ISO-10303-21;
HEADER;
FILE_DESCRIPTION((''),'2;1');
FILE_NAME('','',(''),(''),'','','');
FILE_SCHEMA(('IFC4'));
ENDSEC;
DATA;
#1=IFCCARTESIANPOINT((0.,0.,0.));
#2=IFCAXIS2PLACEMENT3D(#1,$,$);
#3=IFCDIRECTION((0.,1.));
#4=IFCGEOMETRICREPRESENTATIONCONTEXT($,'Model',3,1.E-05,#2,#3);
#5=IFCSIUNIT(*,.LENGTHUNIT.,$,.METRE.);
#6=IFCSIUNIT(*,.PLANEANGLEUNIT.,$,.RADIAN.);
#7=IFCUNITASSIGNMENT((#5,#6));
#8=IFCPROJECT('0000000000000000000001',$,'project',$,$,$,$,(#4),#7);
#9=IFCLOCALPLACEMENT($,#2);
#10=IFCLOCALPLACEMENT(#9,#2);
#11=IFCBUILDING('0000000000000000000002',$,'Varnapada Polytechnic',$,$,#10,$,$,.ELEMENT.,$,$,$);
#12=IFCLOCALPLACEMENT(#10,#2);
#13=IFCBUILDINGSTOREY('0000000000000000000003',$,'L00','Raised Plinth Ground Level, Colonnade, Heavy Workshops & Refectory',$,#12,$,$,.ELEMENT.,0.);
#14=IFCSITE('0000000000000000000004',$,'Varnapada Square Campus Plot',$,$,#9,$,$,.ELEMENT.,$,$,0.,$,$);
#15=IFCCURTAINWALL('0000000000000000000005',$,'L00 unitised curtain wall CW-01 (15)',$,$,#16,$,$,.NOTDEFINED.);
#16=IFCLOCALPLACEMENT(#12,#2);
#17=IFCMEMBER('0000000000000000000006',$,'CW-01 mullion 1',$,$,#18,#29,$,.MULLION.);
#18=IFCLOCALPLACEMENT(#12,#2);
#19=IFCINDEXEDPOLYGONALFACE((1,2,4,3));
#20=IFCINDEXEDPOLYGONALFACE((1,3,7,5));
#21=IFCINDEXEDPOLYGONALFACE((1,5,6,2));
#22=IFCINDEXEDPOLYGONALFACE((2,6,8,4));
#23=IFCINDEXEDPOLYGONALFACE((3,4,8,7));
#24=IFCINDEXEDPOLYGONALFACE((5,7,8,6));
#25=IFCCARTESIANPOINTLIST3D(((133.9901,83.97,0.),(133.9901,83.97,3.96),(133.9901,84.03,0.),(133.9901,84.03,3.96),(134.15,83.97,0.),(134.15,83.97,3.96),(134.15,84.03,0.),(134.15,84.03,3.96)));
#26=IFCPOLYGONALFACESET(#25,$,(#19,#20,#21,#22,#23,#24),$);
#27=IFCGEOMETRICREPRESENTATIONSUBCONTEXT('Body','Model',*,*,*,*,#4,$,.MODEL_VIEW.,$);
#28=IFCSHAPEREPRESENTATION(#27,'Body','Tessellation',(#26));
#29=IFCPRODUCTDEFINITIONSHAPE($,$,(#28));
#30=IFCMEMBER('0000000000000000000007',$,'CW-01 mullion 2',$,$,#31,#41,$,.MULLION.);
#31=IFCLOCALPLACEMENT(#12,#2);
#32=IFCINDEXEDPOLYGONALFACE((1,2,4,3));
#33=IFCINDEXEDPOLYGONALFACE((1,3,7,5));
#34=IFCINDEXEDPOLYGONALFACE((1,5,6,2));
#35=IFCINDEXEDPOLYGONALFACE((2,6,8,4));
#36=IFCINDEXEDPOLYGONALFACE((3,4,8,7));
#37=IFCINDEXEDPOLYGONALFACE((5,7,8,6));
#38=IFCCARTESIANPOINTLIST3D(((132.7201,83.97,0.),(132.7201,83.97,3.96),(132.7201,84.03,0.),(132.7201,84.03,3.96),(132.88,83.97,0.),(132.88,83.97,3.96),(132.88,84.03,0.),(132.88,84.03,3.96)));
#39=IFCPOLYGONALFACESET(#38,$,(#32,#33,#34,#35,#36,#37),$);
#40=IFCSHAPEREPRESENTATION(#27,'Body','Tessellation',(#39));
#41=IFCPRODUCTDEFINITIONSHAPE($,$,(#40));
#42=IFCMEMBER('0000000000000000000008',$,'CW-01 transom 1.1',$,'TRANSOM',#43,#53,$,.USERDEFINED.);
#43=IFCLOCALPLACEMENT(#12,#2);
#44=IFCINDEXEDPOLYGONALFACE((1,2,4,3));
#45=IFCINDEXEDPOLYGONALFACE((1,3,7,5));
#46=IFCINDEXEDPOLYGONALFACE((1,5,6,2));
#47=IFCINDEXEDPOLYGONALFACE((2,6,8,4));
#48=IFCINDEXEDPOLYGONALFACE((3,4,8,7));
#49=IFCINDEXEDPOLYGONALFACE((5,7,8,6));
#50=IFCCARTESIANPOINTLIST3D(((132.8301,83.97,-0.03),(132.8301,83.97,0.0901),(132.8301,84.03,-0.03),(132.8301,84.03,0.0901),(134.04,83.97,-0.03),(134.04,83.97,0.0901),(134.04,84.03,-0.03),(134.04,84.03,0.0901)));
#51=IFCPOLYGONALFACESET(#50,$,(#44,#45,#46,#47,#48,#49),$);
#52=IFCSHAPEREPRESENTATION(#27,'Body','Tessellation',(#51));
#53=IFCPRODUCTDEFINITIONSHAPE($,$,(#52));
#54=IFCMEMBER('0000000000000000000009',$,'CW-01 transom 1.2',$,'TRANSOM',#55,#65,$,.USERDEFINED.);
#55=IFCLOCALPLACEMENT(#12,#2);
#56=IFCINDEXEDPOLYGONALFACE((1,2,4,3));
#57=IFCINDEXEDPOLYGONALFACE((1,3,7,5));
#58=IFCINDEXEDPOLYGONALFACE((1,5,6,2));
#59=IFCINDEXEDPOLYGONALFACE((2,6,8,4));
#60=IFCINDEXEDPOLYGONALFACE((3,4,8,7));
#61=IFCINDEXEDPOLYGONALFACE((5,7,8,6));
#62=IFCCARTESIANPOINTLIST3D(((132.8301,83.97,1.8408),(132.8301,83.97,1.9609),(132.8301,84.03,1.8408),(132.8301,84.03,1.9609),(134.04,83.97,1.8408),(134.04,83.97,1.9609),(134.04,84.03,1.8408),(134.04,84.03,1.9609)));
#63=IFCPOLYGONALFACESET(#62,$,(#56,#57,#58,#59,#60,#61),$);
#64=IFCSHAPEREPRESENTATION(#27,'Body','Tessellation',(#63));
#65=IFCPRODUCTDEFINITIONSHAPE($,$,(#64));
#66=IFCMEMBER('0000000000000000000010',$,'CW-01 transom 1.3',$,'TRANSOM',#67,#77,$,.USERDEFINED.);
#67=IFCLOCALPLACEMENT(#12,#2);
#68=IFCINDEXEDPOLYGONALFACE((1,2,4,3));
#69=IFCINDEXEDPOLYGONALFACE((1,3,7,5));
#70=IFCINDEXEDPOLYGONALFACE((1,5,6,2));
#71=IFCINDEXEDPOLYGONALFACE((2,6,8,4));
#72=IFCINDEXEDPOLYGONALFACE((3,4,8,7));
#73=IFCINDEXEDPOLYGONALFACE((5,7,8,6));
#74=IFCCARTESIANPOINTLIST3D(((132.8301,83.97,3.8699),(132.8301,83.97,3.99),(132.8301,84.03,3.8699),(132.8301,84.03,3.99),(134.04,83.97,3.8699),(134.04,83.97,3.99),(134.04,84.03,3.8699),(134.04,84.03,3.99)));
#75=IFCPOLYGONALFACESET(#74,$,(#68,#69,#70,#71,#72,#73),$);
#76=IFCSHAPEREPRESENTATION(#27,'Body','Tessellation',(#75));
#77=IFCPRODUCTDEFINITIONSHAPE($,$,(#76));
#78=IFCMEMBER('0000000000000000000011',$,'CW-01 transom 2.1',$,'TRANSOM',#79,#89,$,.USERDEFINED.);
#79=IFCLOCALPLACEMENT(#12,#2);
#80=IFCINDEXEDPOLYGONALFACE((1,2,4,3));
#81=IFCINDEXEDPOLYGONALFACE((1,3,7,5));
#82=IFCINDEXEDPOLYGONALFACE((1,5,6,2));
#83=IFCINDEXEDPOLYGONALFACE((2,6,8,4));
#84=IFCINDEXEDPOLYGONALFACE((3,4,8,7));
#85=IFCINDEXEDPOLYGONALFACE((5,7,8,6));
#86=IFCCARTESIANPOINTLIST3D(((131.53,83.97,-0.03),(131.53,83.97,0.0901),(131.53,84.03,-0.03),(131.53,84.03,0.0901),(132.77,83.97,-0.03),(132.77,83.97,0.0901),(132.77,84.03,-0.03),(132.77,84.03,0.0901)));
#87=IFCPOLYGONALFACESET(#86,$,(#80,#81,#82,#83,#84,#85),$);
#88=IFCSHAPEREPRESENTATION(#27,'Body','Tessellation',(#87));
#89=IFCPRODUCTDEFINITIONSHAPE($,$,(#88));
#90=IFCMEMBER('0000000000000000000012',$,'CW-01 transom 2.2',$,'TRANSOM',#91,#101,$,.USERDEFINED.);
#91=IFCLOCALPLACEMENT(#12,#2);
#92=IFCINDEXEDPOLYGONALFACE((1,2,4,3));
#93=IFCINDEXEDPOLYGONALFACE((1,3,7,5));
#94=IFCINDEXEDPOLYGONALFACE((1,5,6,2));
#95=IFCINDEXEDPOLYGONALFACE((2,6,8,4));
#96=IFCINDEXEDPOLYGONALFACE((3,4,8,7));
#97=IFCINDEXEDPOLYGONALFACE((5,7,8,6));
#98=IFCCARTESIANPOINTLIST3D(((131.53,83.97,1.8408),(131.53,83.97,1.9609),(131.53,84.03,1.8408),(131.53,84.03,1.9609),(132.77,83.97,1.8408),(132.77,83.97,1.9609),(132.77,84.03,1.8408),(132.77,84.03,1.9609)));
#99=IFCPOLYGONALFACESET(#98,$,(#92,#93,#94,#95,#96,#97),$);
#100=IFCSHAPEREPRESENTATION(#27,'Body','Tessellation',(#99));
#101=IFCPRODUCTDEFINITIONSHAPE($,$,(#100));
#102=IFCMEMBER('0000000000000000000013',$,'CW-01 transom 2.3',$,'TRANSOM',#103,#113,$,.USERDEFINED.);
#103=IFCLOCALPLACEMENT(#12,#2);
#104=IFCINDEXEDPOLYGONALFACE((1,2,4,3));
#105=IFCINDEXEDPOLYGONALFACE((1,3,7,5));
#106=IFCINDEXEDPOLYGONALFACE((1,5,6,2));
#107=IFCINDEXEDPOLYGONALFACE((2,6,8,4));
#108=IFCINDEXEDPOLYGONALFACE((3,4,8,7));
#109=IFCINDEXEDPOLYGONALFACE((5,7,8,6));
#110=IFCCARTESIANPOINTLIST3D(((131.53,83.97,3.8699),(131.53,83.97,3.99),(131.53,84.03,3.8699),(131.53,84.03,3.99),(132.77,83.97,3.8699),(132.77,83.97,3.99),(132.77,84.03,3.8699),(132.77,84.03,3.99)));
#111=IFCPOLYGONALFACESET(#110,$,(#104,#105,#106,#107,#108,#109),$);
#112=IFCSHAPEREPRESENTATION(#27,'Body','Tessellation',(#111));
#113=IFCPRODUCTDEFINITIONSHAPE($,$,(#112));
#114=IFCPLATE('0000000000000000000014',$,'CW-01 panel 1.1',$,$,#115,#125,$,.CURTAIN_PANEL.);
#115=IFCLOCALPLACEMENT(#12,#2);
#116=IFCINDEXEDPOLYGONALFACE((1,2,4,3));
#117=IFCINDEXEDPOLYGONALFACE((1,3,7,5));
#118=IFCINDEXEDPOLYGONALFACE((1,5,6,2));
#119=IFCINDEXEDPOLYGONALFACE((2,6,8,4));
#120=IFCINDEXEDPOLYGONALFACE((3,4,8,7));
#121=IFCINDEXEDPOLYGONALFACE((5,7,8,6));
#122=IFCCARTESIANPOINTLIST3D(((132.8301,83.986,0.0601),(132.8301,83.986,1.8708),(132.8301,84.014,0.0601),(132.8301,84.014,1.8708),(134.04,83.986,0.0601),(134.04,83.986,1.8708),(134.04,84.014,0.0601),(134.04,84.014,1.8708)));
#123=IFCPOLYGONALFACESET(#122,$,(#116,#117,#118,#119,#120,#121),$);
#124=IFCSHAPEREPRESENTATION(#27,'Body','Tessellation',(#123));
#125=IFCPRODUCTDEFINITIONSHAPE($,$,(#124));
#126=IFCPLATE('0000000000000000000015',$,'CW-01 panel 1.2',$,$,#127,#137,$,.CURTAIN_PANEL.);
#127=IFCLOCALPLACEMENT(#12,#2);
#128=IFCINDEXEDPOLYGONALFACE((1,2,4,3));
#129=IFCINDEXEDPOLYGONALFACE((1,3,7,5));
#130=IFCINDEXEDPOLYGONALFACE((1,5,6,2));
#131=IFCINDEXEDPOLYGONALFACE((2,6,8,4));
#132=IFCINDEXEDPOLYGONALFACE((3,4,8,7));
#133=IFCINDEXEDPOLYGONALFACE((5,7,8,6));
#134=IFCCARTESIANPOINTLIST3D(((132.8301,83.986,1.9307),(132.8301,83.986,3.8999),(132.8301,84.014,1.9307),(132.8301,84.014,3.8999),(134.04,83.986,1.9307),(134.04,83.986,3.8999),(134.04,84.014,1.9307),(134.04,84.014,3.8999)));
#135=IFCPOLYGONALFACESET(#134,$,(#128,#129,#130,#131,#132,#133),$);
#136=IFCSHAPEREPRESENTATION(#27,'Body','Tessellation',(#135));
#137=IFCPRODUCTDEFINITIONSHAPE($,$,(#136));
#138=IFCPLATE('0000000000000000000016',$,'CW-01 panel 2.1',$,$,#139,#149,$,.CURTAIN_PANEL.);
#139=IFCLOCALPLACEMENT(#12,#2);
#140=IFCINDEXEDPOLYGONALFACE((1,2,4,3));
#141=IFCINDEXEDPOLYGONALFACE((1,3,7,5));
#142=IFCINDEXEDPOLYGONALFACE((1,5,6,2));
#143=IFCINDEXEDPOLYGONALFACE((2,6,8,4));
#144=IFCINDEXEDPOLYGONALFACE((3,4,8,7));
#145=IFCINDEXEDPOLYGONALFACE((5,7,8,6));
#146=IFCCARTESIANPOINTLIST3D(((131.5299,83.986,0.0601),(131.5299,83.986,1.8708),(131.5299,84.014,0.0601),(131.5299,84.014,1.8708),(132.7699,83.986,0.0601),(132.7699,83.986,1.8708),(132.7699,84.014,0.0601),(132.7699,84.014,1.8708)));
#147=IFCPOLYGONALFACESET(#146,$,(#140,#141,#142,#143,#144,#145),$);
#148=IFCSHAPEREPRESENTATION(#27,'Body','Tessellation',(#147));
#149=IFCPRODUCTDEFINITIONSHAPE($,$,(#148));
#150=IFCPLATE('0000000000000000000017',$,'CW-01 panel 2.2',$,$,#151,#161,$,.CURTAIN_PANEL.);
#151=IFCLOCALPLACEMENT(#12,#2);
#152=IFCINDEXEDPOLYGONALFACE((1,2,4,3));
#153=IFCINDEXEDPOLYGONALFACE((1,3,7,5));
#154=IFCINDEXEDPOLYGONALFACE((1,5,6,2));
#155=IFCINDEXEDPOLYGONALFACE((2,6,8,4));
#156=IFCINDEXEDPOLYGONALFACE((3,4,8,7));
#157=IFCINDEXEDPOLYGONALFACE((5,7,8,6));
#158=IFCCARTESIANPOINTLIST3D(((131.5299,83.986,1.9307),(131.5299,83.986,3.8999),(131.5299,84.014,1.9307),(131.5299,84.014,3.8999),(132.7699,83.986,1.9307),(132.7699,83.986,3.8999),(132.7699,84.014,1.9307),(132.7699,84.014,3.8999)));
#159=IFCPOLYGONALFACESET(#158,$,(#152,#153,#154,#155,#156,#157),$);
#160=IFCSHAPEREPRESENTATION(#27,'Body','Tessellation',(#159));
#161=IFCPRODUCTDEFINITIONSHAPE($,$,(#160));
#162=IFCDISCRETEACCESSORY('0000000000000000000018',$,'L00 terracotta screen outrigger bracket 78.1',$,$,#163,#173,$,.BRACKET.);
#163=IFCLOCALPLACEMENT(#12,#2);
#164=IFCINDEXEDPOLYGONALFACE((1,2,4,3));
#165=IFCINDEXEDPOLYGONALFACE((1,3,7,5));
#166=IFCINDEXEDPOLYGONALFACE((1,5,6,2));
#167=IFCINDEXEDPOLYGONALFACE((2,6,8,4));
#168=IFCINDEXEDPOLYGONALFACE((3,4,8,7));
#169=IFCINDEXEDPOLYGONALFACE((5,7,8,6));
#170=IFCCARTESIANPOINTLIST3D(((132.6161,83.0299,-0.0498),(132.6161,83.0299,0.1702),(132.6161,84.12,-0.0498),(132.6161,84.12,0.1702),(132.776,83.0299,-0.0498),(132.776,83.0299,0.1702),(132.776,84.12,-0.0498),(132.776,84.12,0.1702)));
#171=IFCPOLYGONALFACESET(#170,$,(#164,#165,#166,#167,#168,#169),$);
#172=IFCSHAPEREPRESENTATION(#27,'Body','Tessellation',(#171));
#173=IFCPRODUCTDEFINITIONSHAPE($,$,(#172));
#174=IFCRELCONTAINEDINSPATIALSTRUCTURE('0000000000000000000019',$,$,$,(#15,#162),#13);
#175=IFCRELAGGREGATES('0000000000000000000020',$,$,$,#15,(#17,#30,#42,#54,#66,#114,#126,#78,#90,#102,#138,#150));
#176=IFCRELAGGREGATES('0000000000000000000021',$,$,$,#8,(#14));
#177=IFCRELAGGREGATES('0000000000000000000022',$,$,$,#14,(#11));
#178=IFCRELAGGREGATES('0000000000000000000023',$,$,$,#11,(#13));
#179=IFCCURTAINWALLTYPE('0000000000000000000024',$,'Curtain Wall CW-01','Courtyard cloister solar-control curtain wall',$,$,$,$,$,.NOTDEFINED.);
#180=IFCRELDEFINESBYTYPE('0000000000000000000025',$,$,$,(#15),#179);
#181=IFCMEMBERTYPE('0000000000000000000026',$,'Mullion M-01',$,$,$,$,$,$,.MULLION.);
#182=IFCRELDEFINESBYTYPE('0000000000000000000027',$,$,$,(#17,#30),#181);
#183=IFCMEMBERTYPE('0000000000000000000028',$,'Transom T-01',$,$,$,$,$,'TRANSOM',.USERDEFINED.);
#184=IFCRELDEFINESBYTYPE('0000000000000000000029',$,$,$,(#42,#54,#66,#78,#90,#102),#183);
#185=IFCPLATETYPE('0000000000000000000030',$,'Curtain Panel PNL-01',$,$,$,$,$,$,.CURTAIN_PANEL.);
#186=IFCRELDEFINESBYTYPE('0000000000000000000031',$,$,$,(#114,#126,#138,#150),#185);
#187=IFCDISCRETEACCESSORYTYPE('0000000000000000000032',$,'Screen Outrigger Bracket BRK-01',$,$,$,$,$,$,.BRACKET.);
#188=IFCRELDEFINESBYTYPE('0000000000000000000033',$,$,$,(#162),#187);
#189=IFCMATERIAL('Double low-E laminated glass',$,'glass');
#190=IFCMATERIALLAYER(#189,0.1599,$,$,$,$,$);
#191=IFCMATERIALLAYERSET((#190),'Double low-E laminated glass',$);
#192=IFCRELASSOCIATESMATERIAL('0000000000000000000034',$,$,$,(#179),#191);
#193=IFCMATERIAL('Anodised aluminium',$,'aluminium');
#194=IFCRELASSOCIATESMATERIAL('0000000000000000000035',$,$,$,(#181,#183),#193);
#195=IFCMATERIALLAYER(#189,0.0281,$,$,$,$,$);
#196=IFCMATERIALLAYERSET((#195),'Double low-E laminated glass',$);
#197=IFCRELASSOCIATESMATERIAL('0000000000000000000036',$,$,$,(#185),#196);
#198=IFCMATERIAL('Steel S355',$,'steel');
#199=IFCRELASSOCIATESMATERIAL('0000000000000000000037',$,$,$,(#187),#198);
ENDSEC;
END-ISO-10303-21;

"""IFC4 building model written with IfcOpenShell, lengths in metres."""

from ifc_helpers import new_model, si_unit, direction, frame, origin, origin_2d, place, context, subcontext, project, spatial, rectangle, extrude, material, layer, layer_set, material_profile, profile_set, type_object, element, aggregate, save


model = new_model("IFC4")

# Units and contexts
model_context = context("Model", 3, precision=1e-05, world=origin(), true_north=direction((0.0, 1.0)))
body_context = subcontext(model_context, "Body", "Model", "MODEL_VIEW")
ifc_project = project(units=[si_unit("LENGTHUNIT", "METRE"), si_unit("PLANEANGLEUNIT", "RADIAN")], contexts=[model_context])

# Site, building, storey
site_placement = place(None, origin())
site = spatial("IfcSite", under=ifc_project, at=site_placement, Name="Varnapada Square Campus Plot", CompositionType="ELEMENT", RefElevation=0.0)
building_placement = place(site_placement, origin())
building = spatial("IfcBuilding", under=site, at=building_placement, Name="Varnapada Polytechnic", CompositionType="ELEMENT")
storey_placement = place(building_placement, origin())
storey = spatial("IfcBuildingStorey", under=building, at=storey_placement, Name="L00", Description="Raised Plinth Ground Level, Colonnade, Heavy Workshops & Refectory", CompositionType="ELEMENT", Elevation=0.0)

# Curtain wall, members, plates
ifc_material_1 = material(Name="Double low-E laminated glass", Category="glass")
ifc_layer_1 = layer(ifc_material_1, 0.1599)
ifc_layer_set_1 = layer_set([ifc_layer_1], Name="Double low-E laminated glass")
curtain_wall_type = type_object("IfcCurtainWallType", Name="Curtain Wall CW-01", Description="Courtyard cloister solar-control curtain wall", PredefinedType="NOTDEFINED", material=ifc_layer_set_1)
curtain_wall_placement = place(storey_placement, origin())
curtain_wall = element("IfcCurtainWall", 1, at=curtain_wall_placement, inside=storey, type_object=curtain_wall_type, Name="L00 unitised curtain wall CW-01 (15)", PredefinedType="NOTDEFINED")
ifc_material_2 = material(Name="Anodised aluminium", Category="aluminium")
ifc_material_profile_1 = material_profile(ifc_material_2, rectangle(XDim=0.0601, YDim=0.1599, at=origin_2d()), Name="ALU M60x160")
ifc_profile_set_1 = profile_set([ifc_material_profile_1], Name="Anodised aluminium")
member_type_1 = type_object("IfcMemberType", Name="Mullion M-01", PredefinedType="MULLION", material=ifc_profile_set_1)
member_1_placement = place(storey_placement, frame((134.0701, 84.0, 0.0), z_axis=(0.0, 0.0, 1.0), x_axis=(0.0, -1.0, 0.0)))
member_1 = element("IfcMember", 2, at=member_1_placement, type_object=member_type_1, Name="CW-01 mullion 1", PredefinedType="MULLION", context=body_context, shape_type="SweptSolid", body=[
    extrude(rectangle(XDim=0.0601, YDim=0.1599, at=origin_2d()), origin(), (0.0, 0.0, 1.0), 3.96),
])
member_2_placement = place(storey_placement, frame((132.8, 84.0, 0.0), z_axis=(0.0, 0.0, 1.0), x_axis=(0.0, -1.0, 0.0)))
member_2 = element("IfcMember", 3, at=member_2_placement, type_object=member_type_1, Name="CW-01 mullion 2", PredefinedType="MULLION", context=body_context, shape_type="SweptSolid", body=[
    extrude(rectangle(XDim=0.0601, YDim=0.1599, at=origin_2d()), origin(), (0.0, 0.0, 1.0), 3.96),
])
ifc_material_profile_2 = material_profile(ifc_material_2, rectangle(XDim=0.0601, YDim=0.1201, at=origin_2d()), Name="ALU T60x120")
ifc_profile_set_2 = profile_set([ifc_material_profile_2], Name="Anodised aluminium")
member_type_2 = type_object("IfcMemberType", Name="Transom T-01", ElementType="TRANSOM", PredefinedType="USERDEFINED", material=ifc_profile_set_2)
member_3_placement = place(storey_placement, frame((134.04, 84.0, 0.03), z_axis=(-1.0, 0.0, 0.0), x_axis=(0.0, -1.0, 0.0)))
member_3 = element("IfcMember", 4, at=member_3_placement, type_object=member_type_2, Name="CW-01 transom 1.1", ObjectType="TRANSOM", PredefinedType="USERDEFINED", context=body_context, shape_type="SweptSolid", body=[
    extrude(rectangle(XDim=0.0601, YDim=0.1201, at=origin_2d()), origin(), (0.0, 0.0, 1.0), 1.21),
])
member_4_placement = place(storey_placement, frame((134.04, 84.0, 1.9009), z_axis=(-1.0, 0.0, 0.0), x_axis=(0.0, -1.0, 0.0)))
member_4 = element("IfcMember", 5, at=member_4_placement, type_object=member_type_2, Name="CW-01 transom 1.2", ObjectType="TRANSOM", PredefinedType="USERDEFINED", context=body_context, shape_type="SweptSolid", body=[
    extrude(rectangle(XDim=0.0601, YDim=0.1201, at=origin_2d()), origin(), (0.0, 0.0, 1.0), 1.21),
])
member_5_placement = place(storey_placement, frame((134.04, 84.0, 3.9299), z_axis=(-1.0, 0.0, 0.0), x_axis=(0.0, -1.0, 0.0)))
member_5 = element("IfcMember", 6, at=member_5_placement, type_object=member_type_2, Name="CW-01 transom 1.3", ObjectType="TRANSOM", PredefinedType="USERDEFINED", context=body_context, shape_type="SweptSolid", body=[
    extrude(rectangle(XDim=0.0601, YDim=0.1201, at=origin_2d()), origin(), (0.0, 0.0, 1.0), 1.21),
])
member_6_placement = place(storey_placement, frame((132.77, 84.0, 0.03), z_axis=(-1.0, 0.0, 0.0), x_axis=(0.0, -1.0, 0.0)))
member_6 = element("IfcMember", 7, at=member_6_placement, type_object=member_type_2, Name="CW-01 transom 2.1", ObjectType="TRANSOM", PredefinedType="USERDEFINED", context=body_context, shape_type="SweptSolid", body=[
    extrude(rectangle(XDim=0.0601, YDim=0.1201, at=origin_2d()), origin(), (0.0, 0.0, 1.0), 1.24),
])
member_7_placement = place(storey_placement, frame((132.77, 84.0, 1.9009), z_axis=(-1.0, 0.0, 0.0), x_axis=(0.0, -1.0, 0.0)))
member_7 = element("IfcMember", 8, at=member_7_placement, type_object=member_type_2, Name="CW-01 transom 2.2", ObjectType="TRANSOM", PredefinedType="USERDEFINED", context=body_context, shape_type="SweptSolid", body=[
    extrude(rectangle(XDim=0.0601, YDim=0.1201, at=origin_2d()), origin(), (0.0, 0.0, 1.0), 1.24),
])
member_8_placement = place(storey_placement, frame((132.77, 84.0, 3.9299), z_axis=(-1.0, 0.0, 0.0), x_axis=(0.0, -1.0, 0.0)))
member_8 = element("IfcMember", 9, at=member_8_placement, type_object=member_type_2, Name="CW-01 transom 2.3", ObjectType="TRANSOM", PredefinedType="USERDEFINED", context=body_context, shape_type="SweptSolid", body=[
    extrude(rectangle(XDim=0.0601, YDim=0.1201, at=origin_2d()), origin(), (0.0, 0.0, 1.0), 1.24),
])
ifc_layer_2 = layer(ifc_material_1, 0.0281)
ifc_layer_set_2 = layer_set([ifc_layer_2], Name="Double low-E laminated glass")
plate_type = type_object("IfcPlateType", Name="Curtain Panel PNL-01", PredefinedType="CURTAIN_PANEL", material=ifc_layer_set_2)
plate_1_placement = place(storey_placement, frame((133.4351, 84.0, 0.0601), z_axis=(0.0, 0.0, 1.0), x_axis=(-1.0, 0.0, 0.0)))
plate_1 = element("IfcPlate", 10, at=plate_1_placement, type_object=plate_type, Name="CW-01 panel 1.1", PredefinedType="CURTAIN_PANEL", context=body_context, shape_type="SweptSolid", body=[
    extrude(rectangle(XDim=1.21, YDim=0.0281, at=origin_2d()), origin(), (0.0, 0.0, 1.0), 1.8108),
])
plate_2_placement = place(storey_placement, frame((133.4351, 84.0, 1.9307), z_axis=(0.0, 0.0, 1.0), x_axis=(-1.0, 0.0, 0.0)))
plate_2 = element("IfcPlate", 11, at=plate_2_placement, type_object=plate_type, Name="CW-01 panel 1.2", PredefinedType="CURTAIN_PANEL", context=body_context, shape_type="SweptSolid", body=[
    extrude(rectangle(XDim=1.21, YDim=0.0281, at=origin_2d()), origin(), (0.0, 0.0, 1.0), 1.9692),
])
plate_3_placement = place(storey_placement, frame((132.1499, 84.0, 0.0601), z_axis=(0.0, 0.0, 1.0), x_axis=(-1.0, 0.0, 0.0)))
plate_3 = element("IfcPlate", 12, at=plate_3_placement, type_object=plate_type, Name="CW-01 panel 2.1", PredefinedType="CURTAIN_PANEL", context=body_context, shape_type="SweptSolid", body=[
    extrude(rectangle(XDim=1.24, YDim=0.0281, at=origin_2d()), origin(), (0.0, 0.0, 1.0), 1.8108),
])
plate_4_placement = place(storey_placement, frame((132.1499, 84.0, 1.9307), z_axis=(0.0, 0.0, 1.0), x_axis=(-1.0, 0.0, 0.0)))
plate_4 = element("IfcPlate", 13, at=plate_4_placement, type_object=plate_type, Name="CW-01 panel 2.2", PredefinedType="CURTAIN_PANEL", context=body_context, shape_type="SweptSolid", body=[
    extrude(rectangle(XDim=1.24, YDim=0.0281, at=origin_2d()), origin(), (0.0, 0.0, 1.0), 1.9692),
])
aggregate(curtain_wall, [member_1, member_2, member_3, member_4, member_5, plate_1, plate_2, member_6, member_7, member_8, plate_3, plate_4])

# Discrete accessory
ifc_material_3 = material(Name="Steel S355", Category="steel")
discrete_accessory_type = type_object("IfcDiscreteAccessoryType", Name="Screen Outrigger Bracket BRK-01", PredefinedType="BRACKET", material=ifc_material_3)
discrete_accessory_placement = place(storey_placement, frame((132.696, 83.575, -0.0498), z_axis=(0.0, 0.0, 1.0), x_axis=(-1.0, 0.0, 0.0)))
element("IfcDiscreteAccessory", 14, at=discrete_accessory_placement, inside=storey, type_object=discrete_accessory_type, Name="L00 terracotta screen outrigger bracket 78.1", PredefinedType="BRACKET", context=body_context, shape_type="SweptSolid", body=[
    extrude(rectangle(XDim=0.1599, YDim=1.0901, at=origin_2d()), origin(), (0.0, 0.0, 1.0), 0.22),
])

save(model, "model.ifc")
